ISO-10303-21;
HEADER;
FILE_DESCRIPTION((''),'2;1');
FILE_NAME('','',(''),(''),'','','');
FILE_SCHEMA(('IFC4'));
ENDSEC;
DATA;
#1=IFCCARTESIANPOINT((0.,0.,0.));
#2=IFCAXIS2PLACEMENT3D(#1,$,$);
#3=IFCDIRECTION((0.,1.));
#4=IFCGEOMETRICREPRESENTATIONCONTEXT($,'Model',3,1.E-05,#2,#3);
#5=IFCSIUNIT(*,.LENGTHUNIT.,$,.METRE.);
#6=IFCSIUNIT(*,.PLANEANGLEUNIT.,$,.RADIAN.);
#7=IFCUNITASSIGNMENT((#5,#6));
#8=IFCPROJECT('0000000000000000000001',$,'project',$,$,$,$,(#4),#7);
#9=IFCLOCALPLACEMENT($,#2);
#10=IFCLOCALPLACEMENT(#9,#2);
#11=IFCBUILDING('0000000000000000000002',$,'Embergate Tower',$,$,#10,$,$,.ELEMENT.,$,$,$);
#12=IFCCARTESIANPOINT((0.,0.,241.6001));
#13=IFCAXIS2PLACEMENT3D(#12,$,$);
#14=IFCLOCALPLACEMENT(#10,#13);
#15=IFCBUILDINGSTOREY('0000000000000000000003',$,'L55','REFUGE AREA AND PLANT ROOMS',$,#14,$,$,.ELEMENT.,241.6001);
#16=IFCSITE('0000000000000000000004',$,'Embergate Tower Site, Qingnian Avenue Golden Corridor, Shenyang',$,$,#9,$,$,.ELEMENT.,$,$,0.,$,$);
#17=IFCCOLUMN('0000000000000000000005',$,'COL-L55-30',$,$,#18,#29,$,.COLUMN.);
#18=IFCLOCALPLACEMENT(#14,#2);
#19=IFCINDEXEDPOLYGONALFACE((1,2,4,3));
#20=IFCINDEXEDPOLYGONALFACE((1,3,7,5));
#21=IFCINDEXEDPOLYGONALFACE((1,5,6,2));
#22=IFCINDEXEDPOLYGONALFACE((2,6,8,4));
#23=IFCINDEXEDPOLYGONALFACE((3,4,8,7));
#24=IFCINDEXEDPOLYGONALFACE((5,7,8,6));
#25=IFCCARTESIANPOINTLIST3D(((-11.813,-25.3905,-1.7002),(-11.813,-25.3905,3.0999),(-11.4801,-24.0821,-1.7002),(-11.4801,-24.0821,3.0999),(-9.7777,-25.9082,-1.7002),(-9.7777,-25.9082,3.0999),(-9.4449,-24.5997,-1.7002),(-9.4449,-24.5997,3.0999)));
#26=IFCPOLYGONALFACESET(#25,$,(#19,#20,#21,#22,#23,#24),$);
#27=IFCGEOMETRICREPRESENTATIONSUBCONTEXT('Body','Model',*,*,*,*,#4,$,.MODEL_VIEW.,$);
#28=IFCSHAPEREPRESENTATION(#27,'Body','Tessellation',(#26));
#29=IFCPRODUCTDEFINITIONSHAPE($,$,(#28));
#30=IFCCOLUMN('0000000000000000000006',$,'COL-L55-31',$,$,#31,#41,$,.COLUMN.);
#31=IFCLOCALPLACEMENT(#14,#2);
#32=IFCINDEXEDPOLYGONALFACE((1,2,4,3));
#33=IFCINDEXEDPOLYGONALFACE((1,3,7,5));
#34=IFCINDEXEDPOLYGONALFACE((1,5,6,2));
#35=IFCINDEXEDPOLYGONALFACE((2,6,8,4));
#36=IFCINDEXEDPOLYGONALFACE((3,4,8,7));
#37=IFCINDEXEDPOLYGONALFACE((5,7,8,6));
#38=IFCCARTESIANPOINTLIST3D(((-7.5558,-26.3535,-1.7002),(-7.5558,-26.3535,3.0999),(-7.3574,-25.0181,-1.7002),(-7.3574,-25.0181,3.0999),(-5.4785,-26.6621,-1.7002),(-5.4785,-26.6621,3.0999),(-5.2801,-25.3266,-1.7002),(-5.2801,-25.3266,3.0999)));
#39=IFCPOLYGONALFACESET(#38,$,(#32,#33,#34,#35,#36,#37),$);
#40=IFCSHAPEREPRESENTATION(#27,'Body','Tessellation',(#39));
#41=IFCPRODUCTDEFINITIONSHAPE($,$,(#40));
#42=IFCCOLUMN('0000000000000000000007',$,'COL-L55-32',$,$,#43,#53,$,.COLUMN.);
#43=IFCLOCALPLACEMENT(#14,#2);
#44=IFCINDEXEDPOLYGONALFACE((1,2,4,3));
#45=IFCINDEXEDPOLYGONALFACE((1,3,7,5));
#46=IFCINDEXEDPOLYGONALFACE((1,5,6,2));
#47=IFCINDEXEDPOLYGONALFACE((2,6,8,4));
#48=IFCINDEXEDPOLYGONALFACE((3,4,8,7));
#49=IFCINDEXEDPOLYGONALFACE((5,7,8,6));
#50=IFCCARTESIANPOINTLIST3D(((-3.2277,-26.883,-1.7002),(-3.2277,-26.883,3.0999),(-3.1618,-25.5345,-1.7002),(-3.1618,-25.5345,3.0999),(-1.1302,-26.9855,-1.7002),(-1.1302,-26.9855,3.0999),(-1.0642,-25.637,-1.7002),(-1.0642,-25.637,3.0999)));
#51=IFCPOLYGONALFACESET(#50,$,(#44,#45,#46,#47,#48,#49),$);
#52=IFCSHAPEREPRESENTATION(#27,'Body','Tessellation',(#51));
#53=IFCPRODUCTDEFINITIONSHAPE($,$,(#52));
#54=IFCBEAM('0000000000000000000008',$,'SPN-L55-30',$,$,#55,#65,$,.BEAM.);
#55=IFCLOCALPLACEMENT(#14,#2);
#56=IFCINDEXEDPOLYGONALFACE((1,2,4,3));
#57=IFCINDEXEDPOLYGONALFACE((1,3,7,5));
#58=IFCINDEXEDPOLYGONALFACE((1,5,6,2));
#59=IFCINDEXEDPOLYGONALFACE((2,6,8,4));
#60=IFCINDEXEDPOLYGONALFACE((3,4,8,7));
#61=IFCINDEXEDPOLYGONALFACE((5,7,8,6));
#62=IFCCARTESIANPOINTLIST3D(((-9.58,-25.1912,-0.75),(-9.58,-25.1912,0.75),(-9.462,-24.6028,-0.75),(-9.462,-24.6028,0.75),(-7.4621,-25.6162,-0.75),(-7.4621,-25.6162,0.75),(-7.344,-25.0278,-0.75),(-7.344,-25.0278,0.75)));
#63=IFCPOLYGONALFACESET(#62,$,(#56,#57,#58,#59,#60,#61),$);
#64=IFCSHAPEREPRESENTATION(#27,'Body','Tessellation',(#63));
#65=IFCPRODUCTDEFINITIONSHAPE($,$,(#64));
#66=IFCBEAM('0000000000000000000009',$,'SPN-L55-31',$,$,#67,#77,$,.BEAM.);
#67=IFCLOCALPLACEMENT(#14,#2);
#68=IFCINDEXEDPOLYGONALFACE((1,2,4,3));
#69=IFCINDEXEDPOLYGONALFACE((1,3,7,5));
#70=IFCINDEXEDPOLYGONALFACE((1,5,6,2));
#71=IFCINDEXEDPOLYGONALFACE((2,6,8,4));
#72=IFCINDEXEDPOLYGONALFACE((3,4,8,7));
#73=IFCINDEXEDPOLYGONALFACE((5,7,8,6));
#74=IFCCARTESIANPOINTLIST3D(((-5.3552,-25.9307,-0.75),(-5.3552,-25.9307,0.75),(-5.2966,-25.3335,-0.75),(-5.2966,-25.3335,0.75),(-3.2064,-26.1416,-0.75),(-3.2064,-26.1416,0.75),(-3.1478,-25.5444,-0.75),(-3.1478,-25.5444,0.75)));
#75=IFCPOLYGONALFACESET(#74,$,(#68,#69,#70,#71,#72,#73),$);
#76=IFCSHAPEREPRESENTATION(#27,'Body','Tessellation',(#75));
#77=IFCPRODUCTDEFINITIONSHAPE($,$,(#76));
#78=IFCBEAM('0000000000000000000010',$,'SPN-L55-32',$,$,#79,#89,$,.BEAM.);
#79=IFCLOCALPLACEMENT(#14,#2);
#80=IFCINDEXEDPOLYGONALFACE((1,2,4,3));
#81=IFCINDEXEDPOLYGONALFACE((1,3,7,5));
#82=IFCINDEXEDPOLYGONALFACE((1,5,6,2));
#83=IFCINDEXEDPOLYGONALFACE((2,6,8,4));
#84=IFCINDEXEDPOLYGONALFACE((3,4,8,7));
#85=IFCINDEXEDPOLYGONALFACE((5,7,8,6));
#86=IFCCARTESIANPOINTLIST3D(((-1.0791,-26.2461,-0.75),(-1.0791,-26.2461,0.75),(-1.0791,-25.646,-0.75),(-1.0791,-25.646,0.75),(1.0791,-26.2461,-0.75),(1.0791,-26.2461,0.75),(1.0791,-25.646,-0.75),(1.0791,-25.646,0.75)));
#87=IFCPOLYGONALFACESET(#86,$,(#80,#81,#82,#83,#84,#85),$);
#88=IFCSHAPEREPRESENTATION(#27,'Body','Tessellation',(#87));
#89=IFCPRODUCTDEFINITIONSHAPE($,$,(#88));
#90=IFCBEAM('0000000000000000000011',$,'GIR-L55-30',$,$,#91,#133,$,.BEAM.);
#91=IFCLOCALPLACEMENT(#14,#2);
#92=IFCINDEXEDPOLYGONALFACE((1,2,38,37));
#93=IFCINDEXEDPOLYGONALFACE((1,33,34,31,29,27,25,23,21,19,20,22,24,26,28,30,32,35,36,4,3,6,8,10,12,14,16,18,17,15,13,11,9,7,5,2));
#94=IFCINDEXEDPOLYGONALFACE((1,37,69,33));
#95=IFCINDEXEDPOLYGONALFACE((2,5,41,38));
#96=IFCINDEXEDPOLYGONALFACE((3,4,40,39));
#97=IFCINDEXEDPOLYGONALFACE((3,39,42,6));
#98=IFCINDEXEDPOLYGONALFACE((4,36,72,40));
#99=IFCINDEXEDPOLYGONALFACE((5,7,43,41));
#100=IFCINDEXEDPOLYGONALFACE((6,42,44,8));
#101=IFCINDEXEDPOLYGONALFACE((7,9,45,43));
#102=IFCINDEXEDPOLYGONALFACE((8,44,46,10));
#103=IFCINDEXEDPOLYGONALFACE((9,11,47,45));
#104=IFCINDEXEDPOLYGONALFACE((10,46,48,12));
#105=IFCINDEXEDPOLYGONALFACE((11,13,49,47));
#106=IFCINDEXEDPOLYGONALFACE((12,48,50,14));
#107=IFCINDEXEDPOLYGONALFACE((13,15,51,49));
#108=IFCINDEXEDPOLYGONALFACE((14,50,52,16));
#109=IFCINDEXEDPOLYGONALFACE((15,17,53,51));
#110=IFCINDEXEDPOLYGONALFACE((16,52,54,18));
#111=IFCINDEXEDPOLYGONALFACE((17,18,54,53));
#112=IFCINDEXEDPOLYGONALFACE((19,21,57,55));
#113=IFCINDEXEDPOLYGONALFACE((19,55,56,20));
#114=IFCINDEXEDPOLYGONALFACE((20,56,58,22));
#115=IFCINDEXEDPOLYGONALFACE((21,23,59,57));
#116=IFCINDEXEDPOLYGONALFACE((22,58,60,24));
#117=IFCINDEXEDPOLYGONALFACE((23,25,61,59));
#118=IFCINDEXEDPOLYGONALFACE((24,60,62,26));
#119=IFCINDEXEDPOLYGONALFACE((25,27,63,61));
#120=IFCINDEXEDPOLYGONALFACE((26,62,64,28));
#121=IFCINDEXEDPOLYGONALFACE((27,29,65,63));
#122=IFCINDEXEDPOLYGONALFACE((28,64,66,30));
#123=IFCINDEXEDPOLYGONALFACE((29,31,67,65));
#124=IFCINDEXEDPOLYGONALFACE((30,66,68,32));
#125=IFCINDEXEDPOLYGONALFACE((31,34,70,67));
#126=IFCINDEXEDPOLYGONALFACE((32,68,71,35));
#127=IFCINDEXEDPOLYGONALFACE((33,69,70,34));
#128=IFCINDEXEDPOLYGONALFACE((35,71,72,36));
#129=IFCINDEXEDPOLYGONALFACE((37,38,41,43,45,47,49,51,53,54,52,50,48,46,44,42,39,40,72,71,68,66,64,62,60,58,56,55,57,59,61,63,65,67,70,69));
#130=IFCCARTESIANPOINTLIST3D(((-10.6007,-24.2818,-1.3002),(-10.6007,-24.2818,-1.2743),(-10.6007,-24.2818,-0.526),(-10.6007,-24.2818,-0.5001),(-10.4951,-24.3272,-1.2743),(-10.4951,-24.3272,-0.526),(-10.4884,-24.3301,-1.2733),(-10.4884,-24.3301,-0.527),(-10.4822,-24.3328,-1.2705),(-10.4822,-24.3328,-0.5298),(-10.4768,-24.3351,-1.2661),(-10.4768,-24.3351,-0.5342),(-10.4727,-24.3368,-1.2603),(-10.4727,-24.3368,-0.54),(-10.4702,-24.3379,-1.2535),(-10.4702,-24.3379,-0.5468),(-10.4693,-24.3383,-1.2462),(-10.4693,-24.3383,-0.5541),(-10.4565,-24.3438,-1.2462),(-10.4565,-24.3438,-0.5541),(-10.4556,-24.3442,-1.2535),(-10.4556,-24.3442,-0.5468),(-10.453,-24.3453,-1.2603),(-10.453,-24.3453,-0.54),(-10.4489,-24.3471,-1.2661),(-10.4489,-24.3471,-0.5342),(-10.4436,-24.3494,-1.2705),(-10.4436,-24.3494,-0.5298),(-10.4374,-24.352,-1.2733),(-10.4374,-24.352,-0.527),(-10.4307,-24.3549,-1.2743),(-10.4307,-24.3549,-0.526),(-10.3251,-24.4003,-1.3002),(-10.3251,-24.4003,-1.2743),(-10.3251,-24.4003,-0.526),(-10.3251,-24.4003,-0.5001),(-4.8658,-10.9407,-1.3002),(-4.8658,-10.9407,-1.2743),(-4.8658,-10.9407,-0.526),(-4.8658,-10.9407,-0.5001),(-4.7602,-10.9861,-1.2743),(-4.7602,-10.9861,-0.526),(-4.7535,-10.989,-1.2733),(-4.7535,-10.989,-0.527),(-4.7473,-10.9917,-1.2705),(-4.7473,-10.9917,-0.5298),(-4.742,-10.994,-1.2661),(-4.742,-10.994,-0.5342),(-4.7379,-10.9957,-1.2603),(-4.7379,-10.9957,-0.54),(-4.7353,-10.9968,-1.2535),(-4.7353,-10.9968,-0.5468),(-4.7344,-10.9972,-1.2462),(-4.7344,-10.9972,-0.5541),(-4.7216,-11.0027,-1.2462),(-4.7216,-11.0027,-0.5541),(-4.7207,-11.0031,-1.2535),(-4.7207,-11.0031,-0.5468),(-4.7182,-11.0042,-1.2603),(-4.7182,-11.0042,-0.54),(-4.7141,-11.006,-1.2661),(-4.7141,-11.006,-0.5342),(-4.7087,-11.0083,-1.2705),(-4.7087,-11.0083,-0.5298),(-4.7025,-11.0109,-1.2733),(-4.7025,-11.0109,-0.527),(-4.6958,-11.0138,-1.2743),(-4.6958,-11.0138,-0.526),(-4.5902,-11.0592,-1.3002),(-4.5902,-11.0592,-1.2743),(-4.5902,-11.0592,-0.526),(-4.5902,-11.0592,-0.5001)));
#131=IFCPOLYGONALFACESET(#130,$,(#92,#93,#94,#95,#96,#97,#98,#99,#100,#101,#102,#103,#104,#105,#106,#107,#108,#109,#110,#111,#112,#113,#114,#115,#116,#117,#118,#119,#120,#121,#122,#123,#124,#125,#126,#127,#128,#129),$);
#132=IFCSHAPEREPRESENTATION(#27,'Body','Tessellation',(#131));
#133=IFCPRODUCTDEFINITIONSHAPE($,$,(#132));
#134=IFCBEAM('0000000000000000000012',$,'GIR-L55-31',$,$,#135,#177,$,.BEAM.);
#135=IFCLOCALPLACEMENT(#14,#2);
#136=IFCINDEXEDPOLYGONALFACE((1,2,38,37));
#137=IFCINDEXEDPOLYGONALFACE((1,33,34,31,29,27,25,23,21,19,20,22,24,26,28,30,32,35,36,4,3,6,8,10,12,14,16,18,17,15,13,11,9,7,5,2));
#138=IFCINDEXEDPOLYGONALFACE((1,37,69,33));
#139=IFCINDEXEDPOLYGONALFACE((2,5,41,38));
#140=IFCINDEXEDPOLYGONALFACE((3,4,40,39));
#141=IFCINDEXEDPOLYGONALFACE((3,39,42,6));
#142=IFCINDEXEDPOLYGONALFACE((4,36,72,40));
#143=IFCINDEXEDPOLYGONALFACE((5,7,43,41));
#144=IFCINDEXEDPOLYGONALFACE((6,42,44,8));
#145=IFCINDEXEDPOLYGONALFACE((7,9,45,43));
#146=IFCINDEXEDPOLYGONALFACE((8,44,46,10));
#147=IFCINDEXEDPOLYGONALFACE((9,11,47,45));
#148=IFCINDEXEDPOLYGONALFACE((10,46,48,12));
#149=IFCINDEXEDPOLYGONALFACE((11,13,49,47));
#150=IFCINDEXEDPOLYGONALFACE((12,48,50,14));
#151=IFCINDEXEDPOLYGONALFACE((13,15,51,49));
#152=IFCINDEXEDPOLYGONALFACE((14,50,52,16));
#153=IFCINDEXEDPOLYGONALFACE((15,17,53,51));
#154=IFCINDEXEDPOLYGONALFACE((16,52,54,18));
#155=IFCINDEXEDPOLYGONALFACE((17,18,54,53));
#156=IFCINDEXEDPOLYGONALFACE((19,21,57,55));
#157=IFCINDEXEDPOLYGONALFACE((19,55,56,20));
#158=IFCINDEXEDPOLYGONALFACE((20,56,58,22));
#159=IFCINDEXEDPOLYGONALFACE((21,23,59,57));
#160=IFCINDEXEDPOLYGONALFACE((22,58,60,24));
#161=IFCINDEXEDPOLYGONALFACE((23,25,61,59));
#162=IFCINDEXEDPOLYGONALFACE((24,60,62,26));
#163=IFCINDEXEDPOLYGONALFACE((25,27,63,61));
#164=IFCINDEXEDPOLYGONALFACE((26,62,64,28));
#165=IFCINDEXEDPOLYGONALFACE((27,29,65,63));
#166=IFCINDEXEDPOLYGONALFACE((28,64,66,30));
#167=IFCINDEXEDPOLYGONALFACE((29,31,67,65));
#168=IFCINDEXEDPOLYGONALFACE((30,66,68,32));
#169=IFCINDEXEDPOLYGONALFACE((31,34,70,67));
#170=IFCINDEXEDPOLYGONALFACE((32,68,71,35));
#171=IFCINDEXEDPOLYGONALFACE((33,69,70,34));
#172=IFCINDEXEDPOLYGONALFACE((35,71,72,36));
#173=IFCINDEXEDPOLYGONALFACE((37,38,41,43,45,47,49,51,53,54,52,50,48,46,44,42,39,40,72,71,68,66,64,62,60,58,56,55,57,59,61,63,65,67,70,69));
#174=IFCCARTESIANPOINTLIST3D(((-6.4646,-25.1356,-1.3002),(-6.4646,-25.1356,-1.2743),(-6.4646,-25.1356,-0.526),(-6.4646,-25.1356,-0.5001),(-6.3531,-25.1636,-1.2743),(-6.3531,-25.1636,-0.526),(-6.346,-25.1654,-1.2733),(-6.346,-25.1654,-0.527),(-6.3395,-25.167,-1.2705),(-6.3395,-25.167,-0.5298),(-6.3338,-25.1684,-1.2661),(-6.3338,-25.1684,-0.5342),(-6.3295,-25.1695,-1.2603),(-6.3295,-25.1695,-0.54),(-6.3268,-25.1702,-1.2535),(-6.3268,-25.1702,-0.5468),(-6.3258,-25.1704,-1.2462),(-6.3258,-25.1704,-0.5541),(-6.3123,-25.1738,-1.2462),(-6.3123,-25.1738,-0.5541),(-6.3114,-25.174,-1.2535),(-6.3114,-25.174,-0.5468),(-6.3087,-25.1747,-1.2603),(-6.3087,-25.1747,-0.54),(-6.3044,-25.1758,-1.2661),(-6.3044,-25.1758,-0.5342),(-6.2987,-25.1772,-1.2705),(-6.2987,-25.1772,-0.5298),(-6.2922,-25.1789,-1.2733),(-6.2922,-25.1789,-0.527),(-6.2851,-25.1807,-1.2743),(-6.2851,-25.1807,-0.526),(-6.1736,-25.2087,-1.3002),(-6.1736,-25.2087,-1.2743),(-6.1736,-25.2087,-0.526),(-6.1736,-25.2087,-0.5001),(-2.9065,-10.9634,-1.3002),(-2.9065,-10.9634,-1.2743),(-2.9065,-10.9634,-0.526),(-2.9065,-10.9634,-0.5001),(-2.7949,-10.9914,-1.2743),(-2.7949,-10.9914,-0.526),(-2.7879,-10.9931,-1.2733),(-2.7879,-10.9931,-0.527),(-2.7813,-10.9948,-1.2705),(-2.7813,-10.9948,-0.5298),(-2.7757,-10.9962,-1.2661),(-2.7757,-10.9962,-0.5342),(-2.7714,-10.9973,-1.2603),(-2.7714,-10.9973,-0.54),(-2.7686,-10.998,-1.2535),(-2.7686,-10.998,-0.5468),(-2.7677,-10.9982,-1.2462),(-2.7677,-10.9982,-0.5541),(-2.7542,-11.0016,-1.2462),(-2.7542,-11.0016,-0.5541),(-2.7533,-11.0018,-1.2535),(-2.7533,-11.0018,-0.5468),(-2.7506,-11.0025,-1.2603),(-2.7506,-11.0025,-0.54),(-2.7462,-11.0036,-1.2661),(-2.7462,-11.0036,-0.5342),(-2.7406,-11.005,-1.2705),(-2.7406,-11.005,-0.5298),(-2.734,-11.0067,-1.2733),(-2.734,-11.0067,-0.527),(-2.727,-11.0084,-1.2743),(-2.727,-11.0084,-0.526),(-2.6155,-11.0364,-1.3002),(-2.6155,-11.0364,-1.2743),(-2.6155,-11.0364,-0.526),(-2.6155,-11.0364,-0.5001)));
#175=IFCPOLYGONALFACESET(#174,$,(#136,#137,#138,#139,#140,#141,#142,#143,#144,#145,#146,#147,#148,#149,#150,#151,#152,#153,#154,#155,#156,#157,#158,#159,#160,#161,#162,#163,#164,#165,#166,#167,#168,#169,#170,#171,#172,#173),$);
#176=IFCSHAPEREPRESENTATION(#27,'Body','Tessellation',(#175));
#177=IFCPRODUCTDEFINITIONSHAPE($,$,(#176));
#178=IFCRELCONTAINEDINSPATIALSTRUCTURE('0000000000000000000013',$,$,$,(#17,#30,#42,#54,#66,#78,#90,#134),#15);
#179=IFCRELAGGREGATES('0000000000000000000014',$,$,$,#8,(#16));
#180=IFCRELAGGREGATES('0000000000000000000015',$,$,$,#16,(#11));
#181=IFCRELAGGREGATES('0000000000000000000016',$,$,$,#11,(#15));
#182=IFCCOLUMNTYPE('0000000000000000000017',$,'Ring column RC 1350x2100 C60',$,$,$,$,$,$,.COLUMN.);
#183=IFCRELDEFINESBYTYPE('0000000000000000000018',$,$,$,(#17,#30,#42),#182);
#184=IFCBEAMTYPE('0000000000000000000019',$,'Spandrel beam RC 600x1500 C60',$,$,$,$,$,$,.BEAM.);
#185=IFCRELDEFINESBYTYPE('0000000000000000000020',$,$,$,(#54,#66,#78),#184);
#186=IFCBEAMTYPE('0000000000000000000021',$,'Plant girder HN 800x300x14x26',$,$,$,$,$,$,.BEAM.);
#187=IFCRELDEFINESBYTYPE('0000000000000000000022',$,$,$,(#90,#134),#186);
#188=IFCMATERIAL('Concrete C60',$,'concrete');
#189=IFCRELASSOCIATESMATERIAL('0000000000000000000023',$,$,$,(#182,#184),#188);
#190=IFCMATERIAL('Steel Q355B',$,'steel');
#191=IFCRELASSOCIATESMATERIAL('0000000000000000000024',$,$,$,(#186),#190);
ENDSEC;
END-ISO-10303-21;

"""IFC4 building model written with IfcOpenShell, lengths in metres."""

from ifc_helpers import new_model, si_unit, direction, frame, origin, origin_2d, place, context, subcontext, project, spatial, rectangle, i_section, extrude, source, transform, mapped, material, material_profile, profile_set, type_object, element, save


model = new_model("IFC4")

# Units and contexts
model_context = context("Model", 3, precision=1e-05, world=origin(), true_north=direction((0.0, 1.0)))
body_context = subcontext(model_context, "Body", "Model", "MODEL_VIEW")
ifc_project = project(units=[si_unit("LENGTHUNIT", "METRE"), si_unit("PLANEANGLEUNIT", "RADIAN")], contexts=[model_context])

# Site, building, storey
site_placement = place(None, origin())
site = spatial("IfcSite", under=ifc_project, at=site_placement, Name="Embergate Tower Site, Qingnian Avenue Golden Corridor, Shenyang", CompositionType="ELEMENT", RefElevation=0.0)
building_placement = place(site_placement, origin())
building = spatial("IfcBuilding", under=site, at=building_placement, Name="Embergate Tower", CompositionType="ELEMENT")
storey_placement = place(building_placement, frame((0.0, 0.0, 241.6001)))
storey = spatial("IfcBuildingStorey", under=building, at=storey_placement, Name="L55", Description="REFUGE AREA AND PLANT ROOMS", CompositionType="ELEMENT", Elevation=241.6001)

# Columns
ifc_material_1 = material(Name="Concrete C60", Category="concrete")
ifc_material_profile_1 = material_profile(ifc_material_1, rectangle(XDim=1.3501, YDim=2.1001, at=origin_2d()), Name="RC 1350x2100")
ifc_profile_set_1 = profile_set([ifc_material_profile_1], Name="Concrete C60")
column_type = type_object("IfcColumnType", Name="Ring column RC 1350x2100 C60", PredefinedType="COLUMN", material=ifc_profile_set_1)
shared_shape_1 = source(origin(), body_context, "Body", "SweptSolid", [
    extrude(rectangle(XDim=1.3501, YDim=2.1001, at=origin_2d()), origin(), (0.0, 0.0, 1.0), 4.8),
])
for number, where, z_axis, x_axis, name in (
    (1, (-10.6289, -24.9951, -1.7002), (0.0, 0.0, 1.0), (-0.246509, -0.969141, 0.0), "COL-L55-30"),
    (2, (-6.418, -25.8401, -1.7002), (0.0, 0.0, 1.0), (-0.146929, -0.989147, 0.0), "COL-L55-31"),
    (3, (-2.146, -26.26, -1.7002), (0.0, 0.0, 1.0), (-0.048815, -0.998808, 0.0), "COL-L55-32"),
):
    element("IfcColumn", number, at=place(storey_placement, frame(where, z_axis=z_axis, x_axis=x_axis)), inside=storey, type_object=column_type, Name=name, PredefinedType="COLUMN", context=body_context, shape_type="MappedRepresentation", body=[
        mapped(shared_shape_1, transform((0.0, 0.0, 0.0))),
    ])

# Beams
ifc_material_profile_2 = material_profile(ifc_material_1, rectangle(XDim=0.6001, YDim=1.5, at=origin_2d()), Name="RC 600x1500")
ifc_profile_set_2 = profile_set([ifc_material_profile_2], Name="Concrete C60")
beam_type_1 = type_object("IfcBeamType", Name="Spandrel beam RC 600x1500 C60", PredefinedType="BEAM", material=ifc_profile_set_2)
shared_shape_2 = source(origin(), body_context, "Body", "SweptSolid", [
    extrude(rectangle(XDim=0.6001, YDim=1.5, at=origin_2d()), origin(), (0.0, 0.0, 1.0), 2.1602),
])
beam_1_placement = place(storey_placement, frame((-9.521, -24.897, 0.0), z_axis=(0.98045, -0.196768, 0.0), x_axis=(0.196768, 0.98045, 0.0)))
element("IfcBeam", 4, at=beam_1_placement, inside=storey, type_object=beam_type_1, Name="SPN-L55-30", PredefinedType="BEAM", context=body_context, shape_type="MappedRepresentation", body=[
    mapped(shared_shape_2, transform((0.0, 0.0, 0.0))),
])
shared_shape_3 = source(origin(), body_context, "Body", "SweptSolid", [
    extrude(rectangle(XDim=0.6001, YDim=1.5, at=origin_2d()), origin(), (0.0, 0.0, 1.0), 2.1592),
])
beam_2_placement = place(storey_placement, frame((-5.3259, -25.6321, 0.0), z_axis=(0.995217, -0.09769, 0.0), x_axis=(0.09769, 0.995217, 0.0)))
element("IfcBeam", 5, at=beam_2_placement, inside=storey, type_object=beam_type_1, Name="SPN-L55-31", PredefinedType="BEAM", context=body_context, shape_type="MappedRepresentation", body=[
    mapped(shared_shape_3, transform((0.0, 0.0, 0.0))),
])
shared_shape_4 = source(origin(), body_context, "Body", "SweptSolid", [
    extrude(rectangle(XDim=0.6001, YDim=1.5, at=origin_2d()), origin(), (0.0, 0.0, 1.0), 2.1582),
])
beam_3_placement = place(storey_placement, frame((-1.0791, -25.946, 0.0), z_axis=(1.0, 0.0, 0.0), x_axis=(0.0, 1.0, 0.0)))
element("IfcBeam", 6, at=beam_3_placement, inside=storey, type_object=beam_type_1, Name="SPN-L55-32", PredefinedType="BEAM", context=body_context, shape_type="MappedRepresentation", body=[
    mapped(shared_shape_4, transform((0.0, 0.0, 0.0))),
])
ifc_material_2 = material(Name="Steel Q355B", Category="steel")
ifc_material_profile_3 = material_profile(ifc_material_2, i_section(OverallWidth=0.3, OverallDepth=0.8, WebThickness=0.0139, FlangeThickness=0.0259, FilletRadius=0.0281, at=origin_2d()), Name="HN 800x300x14x26")
ifc_profile_set_3 = profile_set([ifc_material_profile_3], Name="Steel Q355 grade B")
beam_type_2 = type_object("IfcBeamType", Name="Plant girder HN 800x300x14x26", PredefinedType="BEAM", material=ifc_profile_set_3)
shared_shape_5 = source(origin(), body_context, "Body", "SweptSolid", [
    extrude(i_section(OverallWidth=0.3, OverallDepth=0.8, WebThickness=0.0139, FlangeThickness=0.0259, FilletRadius=0.0281, at=origin_2d()), origin(), (0.0, 0.0, 1.0), 14.5215),
])
beam_4_placement = place(storey_placement, frame((-10.4629, -24.3411, -0.9001), z_axis=(0.394923, 0.918714, 0.0), x_axis=(-0.918714, 0.394923, 0.0)))
element("IfcBeam", 7, at=beam_4_placement, inside=storey, type_object=beam_type_2, Name="GIR-L55-30", PredefinedType="BEAM", context=body_context, shape_type="MappedRepresentation", body=[
    mapped(shared_shape_5, transform((0.0, 0.0, 0.0))),
])
shared_shape_6 = source(origin(), body_context, "Body", "SweptSolid", [
    extrude(i_section(OverallWidth=0.3, OverallDepth=0.8, WebThickness=0.0139, FlangeThickness=0.0259, FilletRadius=0.0281, at=origin_2d()), origin(), (0.0, 0.0, 1.0), 14.6121),
])
beam_5_placement = place(storey_placement, frame((-6.3191, -25.1721, -0.9001), z_axis=(0.243507, 0.969899, 0.0), x_axis=(-0.969899, 0.243507, 0.0)))
element("IfcBeam", 8, at=beam_5_placement, inside=storey, type_object=beam_type_2, Name="GIR-L55-31", PredefinedType="BEAM", context=body_context, shape_type="MappedRepresentation", body=[
    mapped(shared_shape_6, transform((0.0, 0.0, 0.0))),
])

save(model, "model.ifc")
